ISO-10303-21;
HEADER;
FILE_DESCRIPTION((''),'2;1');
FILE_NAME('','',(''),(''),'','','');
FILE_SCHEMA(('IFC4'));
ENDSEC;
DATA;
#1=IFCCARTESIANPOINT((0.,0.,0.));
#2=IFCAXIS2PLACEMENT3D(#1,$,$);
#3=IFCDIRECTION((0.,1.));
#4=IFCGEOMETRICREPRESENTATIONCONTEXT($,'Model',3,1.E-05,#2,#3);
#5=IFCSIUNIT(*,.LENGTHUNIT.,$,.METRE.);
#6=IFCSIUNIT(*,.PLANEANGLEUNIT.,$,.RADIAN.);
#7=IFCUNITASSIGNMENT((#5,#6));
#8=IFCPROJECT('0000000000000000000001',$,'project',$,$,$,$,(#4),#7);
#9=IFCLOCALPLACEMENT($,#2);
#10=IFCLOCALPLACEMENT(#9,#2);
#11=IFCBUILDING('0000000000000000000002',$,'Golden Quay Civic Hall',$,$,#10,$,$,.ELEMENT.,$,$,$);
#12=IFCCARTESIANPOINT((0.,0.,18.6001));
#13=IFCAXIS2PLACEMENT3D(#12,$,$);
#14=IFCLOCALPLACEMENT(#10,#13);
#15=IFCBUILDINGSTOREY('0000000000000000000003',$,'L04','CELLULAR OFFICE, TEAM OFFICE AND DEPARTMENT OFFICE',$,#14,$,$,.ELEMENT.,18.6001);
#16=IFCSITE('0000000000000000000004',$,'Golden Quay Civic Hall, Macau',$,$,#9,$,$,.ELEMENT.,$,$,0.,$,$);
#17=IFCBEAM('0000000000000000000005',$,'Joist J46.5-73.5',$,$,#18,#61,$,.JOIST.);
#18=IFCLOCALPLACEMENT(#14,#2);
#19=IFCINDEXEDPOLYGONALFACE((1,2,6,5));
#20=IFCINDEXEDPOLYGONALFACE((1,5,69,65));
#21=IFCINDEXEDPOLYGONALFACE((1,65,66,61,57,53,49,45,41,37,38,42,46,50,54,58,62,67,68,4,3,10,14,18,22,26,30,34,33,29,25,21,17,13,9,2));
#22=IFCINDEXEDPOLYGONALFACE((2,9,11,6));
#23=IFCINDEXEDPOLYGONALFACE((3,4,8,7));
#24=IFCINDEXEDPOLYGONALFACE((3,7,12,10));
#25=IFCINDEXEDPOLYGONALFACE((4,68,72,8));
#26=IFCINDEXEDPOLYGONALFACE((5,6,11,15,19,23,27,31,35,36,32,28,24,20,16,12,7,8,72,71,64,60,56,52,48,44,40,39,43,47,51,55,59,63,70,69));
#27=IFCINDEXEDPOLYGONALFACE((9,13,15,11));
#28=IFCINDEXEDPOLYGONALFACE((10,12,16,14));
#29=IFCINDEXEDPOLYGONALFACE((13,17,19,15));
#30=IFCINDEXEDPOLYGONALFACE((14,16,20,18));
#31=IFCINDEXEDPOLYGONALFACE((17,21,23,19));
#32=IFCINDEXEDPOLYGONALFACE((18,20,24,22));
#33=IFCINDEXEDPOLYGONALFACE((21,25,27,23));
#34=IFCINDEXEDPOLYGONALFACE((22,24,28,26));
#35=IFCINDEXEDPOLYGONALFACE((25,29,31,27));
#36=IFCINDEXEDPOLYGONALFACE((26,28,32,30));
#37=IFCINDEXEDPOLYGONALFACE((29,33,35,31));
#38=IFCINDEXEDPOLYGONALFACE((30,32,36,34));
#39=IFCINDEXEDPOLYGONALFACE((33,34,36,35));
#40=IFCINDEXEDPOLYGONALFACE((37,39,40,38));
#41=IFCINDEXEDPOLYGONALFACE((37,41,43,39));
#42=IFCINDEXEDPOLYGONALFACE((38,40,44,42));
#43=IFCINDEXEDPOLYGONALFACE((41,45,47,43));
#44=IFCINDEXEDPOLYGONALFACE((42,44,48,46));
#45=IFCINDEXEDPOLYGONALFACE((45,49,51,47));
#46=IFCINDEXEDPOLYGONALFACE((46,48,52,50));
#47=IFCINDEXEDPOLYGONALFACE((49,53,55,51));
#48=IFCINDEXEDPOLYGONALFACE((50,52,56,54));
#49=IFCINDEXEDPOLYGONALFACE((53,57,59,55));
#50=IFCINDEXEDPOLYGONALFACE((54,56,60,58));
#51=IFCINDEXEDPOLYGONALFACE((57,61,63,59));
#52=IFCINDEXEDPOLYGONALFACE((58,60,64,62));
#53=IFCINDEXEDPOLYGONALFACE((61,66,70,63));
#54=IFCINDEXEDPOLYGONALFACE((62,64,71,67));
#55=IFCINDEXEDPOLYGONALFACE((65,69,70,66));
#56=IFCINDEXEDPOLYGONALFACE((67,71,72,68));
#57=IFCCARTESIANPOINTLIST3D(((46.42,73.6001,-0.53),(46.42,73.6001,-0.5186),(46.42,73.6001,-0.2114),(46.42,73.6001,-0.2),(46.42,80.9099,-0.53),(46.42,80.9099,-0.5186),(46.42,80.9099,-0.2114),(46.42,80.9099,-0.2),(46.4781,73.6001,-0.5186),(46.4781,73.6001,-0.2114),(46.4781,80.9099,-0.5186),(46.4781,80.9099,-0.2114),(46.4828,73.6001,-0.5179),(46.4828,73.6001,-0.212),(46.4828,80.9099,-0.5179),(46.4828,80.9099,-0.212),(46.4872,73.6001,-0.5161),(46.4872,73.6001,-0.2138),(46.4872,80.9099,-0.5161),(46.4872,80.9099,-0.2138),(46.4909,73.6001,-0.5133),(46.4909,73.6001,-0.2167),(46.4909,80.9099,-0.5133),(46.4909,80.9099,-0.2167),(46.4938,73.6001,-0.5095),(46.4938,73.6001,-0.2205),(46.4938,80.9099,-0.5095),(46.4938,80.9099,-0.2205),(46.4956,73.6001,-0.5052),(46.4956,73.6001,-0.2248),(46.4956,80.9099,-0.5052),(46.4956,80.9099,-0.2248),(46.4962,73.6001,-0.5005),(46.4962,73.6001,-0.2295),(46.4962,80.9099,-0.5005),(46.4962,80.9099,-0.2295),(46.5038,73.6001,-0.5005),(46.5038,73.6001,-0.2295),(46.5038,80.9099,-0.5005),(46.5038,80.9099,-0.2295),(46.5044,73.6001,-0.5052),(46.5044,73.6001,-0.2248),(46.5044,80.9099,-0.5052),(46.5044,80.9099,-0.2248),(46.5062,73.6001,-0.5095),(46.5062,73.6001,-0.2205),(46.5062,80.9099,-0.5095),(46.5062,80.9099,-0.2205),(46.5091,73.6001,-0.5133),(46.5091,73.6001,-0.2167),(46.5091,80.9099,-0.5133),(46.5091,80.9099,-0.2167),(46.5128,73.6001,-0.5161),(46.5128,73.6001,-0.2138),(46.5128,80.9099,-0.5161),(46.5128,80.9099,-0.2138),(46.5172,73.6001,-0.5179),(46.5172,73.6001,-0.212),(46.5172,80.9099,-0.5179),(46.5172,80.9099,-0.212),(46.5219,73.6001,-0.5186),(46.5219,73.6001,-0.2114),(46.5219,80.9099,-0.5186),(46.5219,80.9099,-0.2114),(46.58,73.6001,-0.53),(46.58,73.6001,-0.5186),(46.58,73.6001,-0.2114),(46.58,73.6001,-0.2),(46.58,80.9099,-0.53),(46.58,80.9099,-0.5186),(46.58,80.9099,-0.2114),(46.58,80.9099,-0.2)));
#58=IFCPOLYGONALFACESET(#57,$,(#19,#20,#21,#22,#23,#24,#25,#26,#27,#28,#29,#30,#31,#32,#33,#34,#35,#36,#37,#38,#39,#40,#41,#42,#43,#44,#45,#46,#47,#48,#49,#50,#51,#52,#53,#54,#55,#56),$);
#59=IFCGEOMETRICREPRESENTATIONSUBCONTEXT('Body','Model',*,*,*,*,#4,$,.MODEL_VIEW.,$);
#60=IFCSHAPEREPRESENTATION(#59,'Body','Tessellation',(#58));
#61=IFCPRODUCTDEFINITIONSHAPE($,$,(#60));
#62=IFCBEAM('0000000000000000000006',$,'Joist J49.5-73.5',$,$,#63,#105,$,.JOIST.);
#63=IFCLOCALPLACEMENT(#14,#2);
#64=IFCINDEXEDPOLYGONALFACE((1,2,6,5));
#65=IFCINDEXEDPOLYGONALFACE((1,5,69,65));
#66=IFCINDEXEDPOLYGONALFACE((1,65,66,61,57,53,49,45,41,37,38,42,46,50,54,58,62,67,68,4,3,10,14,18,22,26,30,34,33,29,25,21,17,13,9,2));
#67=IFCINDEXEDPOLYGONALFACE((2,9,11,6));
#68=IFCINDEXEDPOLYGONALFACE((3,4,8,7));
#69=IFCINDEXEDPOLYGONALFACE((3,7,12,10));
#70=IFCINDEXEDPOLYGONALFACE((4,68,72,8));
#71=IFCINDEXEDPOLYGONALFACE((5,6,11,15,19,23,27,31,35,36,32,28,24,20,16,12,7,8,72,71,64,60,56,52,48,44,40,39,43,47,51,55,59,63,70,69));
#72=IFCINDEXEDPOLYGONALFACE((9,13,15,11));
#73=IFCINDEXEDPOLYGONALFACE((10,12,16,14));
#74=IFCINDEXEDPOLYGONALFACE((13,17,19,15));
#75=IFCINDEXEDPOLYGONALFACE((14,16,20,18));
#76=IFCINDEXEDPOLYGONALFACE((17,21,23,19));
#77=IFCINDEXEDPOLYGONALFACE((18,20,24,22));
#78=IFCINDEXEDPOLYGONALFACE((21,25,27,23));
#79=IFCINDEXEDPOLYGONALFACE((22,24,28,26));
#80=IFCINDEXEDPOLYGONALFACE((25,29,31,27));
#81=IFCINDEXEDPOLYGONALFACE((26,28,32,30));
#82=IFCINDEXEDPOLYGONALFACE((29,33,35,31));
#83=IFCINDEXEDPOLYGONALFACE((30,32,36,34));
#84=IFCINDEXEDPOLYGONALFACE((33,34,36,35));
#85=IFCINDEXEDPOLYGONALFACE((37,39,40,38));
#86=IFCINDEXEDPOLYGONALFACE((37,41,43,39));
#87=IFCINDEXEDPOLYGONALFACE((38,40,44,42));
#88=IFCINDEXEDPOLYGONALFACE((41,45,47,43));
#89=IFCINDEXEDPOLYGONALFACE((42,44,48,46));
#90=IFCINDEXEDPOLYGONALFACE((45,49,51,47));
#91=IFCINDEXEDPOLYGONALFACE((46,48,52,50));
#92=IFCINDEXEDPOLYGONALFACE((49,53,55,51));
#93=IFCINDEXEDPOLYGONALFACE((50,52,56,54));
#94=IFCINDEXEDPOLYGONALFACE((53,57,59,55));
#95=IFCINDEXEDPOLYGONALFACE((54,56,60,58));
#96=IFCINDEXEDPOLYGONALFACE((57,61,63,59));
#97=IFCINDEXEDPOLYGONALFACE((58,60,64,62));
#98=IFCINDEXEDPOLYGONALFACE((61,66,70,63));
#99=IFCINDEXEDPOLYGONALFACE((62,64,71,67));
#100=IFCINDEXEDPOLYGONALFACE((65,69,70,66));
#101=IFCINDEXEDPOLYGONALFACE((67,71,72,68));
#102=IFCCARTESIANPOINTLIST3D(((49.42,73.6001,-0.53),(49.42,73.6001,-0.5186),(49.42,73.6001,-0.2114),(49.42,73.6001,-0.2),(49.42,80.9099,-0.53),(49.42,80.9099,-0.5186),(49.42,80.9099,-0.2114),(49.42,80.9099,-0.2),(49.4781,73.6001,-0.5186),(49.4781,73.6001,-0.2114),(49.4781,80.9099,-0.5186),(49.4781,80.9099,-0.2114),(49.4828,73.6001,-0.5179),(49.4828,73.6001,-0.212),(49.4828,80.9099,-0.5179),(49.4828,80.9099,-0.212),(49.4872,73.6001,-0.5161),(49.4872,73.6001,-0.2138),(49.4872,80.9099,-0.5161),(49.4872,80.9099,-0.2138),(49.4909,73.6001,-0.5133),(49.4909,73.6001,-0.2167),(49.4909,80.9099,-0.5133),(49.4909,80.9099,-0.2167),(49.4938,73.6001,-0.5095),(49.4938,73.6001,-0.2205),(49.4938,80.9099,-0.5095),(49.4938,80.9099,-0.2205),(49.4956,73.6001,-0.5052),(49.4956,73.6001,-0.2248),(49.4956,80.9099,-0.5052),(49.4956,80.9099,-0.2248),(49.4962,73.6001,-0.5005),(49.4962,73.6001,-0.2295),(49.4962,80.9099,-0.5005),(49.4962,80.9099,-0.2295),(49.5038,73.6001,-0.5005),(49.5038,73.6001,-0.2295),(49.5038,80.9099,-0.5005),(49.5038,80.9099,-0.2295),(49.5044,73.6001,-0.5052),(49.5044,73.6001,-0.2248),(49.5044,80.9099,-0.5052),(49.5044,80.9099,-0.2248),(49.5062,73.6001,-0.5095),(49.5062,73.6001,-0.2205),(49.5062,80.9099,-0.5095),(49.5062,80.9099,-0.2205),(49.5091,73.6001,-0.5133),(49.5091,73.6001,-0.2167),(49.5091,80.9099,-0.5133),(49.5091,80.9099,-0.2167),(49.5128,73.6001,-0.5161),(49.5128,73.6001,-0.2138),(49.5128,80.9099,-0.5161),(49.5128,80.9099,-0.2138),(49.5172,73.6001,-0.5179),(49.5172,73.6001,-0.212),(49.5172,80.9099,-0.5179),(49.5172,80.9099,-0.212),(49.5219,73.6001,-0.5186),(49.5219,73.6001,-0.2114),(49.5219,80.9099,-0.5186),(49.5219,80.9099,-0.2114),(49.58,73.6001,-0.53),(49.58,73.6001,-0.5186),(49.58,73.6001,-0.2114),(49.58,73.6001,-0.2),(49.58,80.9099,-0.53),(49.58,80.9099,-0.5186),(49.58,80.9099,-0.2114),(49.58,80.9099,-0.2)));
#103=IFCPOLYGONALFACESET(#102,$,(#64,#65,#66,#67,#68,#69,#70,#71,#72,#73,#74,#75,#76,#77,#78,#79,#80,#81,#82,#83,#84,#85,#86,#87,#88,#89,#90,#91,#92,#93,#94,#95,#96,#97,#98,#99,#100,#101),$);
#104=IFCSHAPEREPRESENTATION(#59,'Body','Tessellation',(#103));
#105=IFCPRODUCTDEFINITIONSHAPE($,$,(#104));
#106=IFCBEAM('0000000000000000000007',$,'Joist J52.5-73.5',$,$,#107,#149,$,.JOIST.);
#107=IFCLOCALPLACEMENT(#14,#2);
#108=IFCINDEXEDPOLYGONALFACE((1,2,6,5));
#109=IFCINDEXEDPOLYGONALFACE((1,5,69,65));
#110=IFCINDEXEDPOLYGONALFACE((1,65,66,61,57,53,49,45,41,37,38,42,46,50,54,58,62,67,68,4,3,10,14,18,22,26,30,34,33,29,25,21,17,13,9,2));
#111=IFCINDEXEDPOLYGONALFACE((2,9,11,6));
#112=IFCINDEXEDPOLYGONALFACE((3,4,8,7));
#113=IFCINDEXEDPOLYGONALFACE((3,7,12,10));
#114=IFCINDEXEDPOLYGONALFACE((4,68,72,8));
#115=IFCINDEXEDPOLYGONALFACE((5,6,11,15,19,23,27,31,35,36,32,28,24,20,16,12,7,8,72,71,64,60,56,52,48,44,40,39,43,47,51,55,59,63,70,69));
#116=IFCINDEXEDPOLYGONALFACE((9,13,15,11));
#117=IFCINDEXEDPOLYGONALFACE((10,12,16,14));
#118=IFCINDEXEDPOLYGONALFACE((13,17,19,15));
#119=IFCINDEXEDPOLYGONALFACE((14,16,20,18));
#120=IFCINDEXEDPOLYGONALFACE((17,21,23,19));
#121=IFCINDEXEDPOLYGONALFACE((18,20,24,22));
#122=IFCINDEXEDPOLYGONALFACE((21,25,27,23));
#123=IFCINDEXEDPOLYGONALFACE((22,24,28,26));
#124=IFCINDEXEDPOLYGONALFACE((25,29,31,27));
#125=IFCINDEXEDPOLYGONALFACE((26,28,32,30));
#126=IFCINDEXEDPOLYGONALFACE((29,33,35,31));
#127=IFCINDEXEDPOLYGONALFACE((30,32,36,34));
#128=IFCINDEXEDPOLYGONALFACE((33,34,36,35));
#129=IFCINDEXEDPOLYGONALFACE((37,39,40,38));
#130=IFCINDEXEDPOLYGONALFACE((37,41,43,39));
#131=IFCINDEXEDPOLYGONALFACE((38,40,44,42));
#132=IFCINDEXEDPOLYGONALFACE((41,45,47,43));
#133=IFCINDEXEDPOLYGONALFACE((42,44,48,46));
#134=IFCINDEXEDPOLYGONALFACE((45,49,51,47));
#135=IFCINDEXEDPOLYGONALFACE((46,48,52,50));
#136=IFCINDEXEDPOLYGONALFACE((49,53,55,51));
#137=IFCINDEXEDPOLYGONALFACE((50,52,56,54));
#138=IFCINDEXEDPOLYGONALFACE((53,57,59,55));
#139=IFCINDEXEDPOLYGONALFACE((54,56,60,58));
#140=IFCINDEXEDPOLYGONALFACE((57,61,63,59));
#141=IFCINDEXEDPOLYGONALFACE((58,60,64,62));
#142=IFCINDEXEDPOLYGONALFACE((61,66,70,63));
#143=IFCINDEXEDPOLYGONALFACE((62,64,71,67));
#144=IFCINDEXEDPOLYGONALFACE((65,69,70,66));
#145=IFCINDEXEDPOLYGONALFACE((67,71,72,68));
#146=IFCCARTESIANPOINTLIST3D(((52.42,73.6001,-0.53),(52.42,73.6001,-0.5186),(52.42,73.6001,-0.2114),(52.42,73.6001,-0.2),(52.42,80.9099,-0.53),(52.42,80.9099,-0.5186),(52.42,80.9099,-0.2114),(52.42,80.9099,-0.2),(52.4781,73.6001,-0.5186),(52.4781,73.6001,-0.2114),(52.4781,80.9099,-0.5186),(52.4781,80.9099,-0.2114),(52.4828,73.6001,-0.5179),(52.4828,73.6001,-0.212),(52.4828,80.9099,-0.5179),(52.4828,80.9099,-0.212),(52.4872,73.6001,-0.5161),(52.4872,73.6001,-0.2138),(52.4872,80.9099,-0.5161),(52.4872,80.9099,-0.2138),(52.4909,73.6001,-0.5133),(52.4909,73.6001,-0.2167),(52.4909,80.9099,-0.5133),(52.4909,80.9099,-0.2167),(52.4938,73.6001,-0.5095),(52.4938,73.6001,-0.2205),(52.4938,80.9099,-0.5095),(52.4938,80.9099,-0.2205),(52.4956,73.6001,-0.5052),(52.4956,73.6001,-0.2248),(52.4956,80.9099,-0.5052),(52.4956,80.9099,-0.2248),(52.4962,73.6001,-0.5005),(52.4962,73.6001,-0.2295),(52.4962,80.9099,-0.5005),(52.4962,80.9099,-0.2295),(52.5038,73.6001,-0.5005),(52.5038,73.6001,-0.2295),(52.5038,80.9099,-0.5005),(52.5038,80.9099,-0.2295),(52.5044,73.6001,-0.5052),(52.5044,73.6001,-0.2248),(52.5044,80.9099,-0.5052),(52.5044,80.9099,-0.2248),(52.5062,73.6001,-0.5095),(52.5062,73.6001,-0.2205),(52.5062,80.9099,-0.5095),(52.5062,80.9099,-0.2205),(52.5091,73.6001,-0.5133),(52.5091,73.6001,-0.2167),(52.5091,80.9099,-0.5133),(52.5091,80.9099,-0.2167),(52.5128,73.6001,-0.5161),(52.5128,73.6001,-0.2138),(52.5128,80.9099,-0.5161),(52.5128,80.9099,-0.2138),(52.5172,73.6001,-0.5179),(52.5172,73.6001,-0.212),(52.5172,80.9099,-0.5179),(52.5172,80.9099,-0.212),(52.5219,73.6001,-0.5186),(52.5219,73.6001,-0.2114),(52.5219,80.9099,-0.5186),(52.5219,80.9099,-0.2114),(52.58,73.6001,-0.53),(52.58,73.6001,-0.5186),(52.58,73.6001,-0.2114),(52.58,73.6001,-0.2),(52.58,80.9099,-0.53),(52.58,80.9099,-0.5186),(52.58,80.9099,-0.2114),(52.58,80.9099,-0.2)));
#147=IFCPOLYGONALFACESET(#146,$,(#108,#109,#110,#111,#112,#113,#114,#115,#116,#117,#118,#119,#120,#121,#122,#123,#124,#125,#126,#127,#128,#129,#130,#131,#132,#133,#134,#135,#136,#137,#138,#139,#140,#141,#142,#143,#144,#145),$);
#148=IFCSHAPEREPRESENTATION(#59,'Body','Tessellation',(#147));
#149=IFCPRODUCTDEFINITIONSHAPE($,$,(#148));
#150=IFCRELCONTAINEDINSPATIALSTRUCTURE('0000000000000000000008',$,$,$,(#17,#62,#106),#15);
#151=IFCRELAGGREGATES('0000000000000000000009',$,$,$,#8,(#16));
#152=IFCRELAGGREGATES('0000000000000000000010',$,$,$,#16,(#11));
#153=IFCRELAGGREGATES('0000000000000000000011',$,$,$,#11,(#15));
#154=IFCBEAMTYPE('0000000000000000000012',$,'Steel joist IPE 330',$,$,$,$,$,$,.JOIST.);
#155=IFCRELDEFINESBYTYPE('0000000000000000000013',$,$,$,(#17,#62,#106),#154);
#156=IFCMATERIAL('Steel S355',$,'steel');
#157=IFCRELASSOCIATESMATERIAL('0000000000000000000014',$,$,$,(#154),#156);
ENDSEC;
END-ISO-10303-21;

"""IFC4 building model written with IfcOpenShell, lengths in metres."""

from ifc_helpers import new_model, si_unit, direction, frame, origin, origin_2d, place, context, subcontext, project, spatial, i_section, extrude, material, material_profile, profile_set, type_object, element, save


model = new_model("IFC4")

# Units and contexts
model_context = context("Model", 3, precision=1e-05, world=origin(), true_north=direction((0.0, 1.0)))
body_context = subcontext(model_context, "Body", "Model", "MODEL_VIEW")
ifc_project = project(units=[si_unit("LENGTHUNIT", "METRE"), si_unit("PLANEANGLEUNIT", "RADIAN")], contexts=[model_context])

# Site, building, storey
site_placement = place(None, origin())
site = spatial("IfcSite", under=ifc_project, at=site_placement, Name="Golden Quay Civic Hall, Macau", CompositionType="ELEMENT", RefElevation=0.0)
building_placement = place(site_placement, origin())
building = spatial("IfcBuilding", under=site, at=building_placement, Name="Golden Quay Civic Hall", CompositionType="ELEMENT")
storey_placement = place(building_placement, frame((0.0, 0.0, 18.6001)))
storey = spatial("IfcBuildingStorey", under=building, at=storey_placement, Name="L04", Description="CELLULAR OFFICE, TEAM OFFICE AND DEPARTMENT OFFICE", CompositionType="ELEMENT", Elevation=18.6001)

# Beams
ifc_material_1 = material(Name="Steel S355", Category="steel")
ifc_material_profile_1 = material_profile(ifc_material_1, i_section(OverallWidth=0.1599, OverallDepth=0.3301, WebThickness=0.0076, FlangeThickness=0.0115, FilletRadius=0.0181, at=origin_2d()), Name="IPE 330")
ifc_profile_set_1 = profile_set([ifc_material_profile_1], Name="Steel S355")
beam_type_1 = type_object("IfcBeamType", Name="Steel joist IPE 330", PredefinedType="JOIST", material=ifc_profile_set_1)
for number, where, z_axis, x_axis, name in (
    (1, (46.5, 73.6001, -0.365), (0.0, 1.0, 0.0), (-1.0, 0.0, 0.0), "Joist J46.5-73.5"),
    (2, (49.5, 73.6001, -0.365), (0.0, 1.0, 0.0), (-1.0, 0.0, 0.0), "Joist J49.5-73.5"),
    (3, (52.5, 73.6001, -0.365), (0.0, 1.0, 0.0), (-1.0, 0.0, 0.0), "Joist J52.5-73.5"),
):
    element("IfcBeam", number, at=place(storey_placement, frame(where, z_axis=z_axis, x_axis=x_axis)), inside=storey, type_object=beam_type_1, Name=name, PredefinedType="JOIST", context=body_context, shape_type="SweptSolid", body=[
        extrude(i_section(OverallWidth=0.1599, OverallDepth=0.3301, WebThickness=0.0076, FlangeThickness=0.0115, FilletRadius=0.0181, at=origin_2d()), origin(), (0.0, 0.0, 1.0), 7.3098),
    ])

save(model, "model.ifc")
